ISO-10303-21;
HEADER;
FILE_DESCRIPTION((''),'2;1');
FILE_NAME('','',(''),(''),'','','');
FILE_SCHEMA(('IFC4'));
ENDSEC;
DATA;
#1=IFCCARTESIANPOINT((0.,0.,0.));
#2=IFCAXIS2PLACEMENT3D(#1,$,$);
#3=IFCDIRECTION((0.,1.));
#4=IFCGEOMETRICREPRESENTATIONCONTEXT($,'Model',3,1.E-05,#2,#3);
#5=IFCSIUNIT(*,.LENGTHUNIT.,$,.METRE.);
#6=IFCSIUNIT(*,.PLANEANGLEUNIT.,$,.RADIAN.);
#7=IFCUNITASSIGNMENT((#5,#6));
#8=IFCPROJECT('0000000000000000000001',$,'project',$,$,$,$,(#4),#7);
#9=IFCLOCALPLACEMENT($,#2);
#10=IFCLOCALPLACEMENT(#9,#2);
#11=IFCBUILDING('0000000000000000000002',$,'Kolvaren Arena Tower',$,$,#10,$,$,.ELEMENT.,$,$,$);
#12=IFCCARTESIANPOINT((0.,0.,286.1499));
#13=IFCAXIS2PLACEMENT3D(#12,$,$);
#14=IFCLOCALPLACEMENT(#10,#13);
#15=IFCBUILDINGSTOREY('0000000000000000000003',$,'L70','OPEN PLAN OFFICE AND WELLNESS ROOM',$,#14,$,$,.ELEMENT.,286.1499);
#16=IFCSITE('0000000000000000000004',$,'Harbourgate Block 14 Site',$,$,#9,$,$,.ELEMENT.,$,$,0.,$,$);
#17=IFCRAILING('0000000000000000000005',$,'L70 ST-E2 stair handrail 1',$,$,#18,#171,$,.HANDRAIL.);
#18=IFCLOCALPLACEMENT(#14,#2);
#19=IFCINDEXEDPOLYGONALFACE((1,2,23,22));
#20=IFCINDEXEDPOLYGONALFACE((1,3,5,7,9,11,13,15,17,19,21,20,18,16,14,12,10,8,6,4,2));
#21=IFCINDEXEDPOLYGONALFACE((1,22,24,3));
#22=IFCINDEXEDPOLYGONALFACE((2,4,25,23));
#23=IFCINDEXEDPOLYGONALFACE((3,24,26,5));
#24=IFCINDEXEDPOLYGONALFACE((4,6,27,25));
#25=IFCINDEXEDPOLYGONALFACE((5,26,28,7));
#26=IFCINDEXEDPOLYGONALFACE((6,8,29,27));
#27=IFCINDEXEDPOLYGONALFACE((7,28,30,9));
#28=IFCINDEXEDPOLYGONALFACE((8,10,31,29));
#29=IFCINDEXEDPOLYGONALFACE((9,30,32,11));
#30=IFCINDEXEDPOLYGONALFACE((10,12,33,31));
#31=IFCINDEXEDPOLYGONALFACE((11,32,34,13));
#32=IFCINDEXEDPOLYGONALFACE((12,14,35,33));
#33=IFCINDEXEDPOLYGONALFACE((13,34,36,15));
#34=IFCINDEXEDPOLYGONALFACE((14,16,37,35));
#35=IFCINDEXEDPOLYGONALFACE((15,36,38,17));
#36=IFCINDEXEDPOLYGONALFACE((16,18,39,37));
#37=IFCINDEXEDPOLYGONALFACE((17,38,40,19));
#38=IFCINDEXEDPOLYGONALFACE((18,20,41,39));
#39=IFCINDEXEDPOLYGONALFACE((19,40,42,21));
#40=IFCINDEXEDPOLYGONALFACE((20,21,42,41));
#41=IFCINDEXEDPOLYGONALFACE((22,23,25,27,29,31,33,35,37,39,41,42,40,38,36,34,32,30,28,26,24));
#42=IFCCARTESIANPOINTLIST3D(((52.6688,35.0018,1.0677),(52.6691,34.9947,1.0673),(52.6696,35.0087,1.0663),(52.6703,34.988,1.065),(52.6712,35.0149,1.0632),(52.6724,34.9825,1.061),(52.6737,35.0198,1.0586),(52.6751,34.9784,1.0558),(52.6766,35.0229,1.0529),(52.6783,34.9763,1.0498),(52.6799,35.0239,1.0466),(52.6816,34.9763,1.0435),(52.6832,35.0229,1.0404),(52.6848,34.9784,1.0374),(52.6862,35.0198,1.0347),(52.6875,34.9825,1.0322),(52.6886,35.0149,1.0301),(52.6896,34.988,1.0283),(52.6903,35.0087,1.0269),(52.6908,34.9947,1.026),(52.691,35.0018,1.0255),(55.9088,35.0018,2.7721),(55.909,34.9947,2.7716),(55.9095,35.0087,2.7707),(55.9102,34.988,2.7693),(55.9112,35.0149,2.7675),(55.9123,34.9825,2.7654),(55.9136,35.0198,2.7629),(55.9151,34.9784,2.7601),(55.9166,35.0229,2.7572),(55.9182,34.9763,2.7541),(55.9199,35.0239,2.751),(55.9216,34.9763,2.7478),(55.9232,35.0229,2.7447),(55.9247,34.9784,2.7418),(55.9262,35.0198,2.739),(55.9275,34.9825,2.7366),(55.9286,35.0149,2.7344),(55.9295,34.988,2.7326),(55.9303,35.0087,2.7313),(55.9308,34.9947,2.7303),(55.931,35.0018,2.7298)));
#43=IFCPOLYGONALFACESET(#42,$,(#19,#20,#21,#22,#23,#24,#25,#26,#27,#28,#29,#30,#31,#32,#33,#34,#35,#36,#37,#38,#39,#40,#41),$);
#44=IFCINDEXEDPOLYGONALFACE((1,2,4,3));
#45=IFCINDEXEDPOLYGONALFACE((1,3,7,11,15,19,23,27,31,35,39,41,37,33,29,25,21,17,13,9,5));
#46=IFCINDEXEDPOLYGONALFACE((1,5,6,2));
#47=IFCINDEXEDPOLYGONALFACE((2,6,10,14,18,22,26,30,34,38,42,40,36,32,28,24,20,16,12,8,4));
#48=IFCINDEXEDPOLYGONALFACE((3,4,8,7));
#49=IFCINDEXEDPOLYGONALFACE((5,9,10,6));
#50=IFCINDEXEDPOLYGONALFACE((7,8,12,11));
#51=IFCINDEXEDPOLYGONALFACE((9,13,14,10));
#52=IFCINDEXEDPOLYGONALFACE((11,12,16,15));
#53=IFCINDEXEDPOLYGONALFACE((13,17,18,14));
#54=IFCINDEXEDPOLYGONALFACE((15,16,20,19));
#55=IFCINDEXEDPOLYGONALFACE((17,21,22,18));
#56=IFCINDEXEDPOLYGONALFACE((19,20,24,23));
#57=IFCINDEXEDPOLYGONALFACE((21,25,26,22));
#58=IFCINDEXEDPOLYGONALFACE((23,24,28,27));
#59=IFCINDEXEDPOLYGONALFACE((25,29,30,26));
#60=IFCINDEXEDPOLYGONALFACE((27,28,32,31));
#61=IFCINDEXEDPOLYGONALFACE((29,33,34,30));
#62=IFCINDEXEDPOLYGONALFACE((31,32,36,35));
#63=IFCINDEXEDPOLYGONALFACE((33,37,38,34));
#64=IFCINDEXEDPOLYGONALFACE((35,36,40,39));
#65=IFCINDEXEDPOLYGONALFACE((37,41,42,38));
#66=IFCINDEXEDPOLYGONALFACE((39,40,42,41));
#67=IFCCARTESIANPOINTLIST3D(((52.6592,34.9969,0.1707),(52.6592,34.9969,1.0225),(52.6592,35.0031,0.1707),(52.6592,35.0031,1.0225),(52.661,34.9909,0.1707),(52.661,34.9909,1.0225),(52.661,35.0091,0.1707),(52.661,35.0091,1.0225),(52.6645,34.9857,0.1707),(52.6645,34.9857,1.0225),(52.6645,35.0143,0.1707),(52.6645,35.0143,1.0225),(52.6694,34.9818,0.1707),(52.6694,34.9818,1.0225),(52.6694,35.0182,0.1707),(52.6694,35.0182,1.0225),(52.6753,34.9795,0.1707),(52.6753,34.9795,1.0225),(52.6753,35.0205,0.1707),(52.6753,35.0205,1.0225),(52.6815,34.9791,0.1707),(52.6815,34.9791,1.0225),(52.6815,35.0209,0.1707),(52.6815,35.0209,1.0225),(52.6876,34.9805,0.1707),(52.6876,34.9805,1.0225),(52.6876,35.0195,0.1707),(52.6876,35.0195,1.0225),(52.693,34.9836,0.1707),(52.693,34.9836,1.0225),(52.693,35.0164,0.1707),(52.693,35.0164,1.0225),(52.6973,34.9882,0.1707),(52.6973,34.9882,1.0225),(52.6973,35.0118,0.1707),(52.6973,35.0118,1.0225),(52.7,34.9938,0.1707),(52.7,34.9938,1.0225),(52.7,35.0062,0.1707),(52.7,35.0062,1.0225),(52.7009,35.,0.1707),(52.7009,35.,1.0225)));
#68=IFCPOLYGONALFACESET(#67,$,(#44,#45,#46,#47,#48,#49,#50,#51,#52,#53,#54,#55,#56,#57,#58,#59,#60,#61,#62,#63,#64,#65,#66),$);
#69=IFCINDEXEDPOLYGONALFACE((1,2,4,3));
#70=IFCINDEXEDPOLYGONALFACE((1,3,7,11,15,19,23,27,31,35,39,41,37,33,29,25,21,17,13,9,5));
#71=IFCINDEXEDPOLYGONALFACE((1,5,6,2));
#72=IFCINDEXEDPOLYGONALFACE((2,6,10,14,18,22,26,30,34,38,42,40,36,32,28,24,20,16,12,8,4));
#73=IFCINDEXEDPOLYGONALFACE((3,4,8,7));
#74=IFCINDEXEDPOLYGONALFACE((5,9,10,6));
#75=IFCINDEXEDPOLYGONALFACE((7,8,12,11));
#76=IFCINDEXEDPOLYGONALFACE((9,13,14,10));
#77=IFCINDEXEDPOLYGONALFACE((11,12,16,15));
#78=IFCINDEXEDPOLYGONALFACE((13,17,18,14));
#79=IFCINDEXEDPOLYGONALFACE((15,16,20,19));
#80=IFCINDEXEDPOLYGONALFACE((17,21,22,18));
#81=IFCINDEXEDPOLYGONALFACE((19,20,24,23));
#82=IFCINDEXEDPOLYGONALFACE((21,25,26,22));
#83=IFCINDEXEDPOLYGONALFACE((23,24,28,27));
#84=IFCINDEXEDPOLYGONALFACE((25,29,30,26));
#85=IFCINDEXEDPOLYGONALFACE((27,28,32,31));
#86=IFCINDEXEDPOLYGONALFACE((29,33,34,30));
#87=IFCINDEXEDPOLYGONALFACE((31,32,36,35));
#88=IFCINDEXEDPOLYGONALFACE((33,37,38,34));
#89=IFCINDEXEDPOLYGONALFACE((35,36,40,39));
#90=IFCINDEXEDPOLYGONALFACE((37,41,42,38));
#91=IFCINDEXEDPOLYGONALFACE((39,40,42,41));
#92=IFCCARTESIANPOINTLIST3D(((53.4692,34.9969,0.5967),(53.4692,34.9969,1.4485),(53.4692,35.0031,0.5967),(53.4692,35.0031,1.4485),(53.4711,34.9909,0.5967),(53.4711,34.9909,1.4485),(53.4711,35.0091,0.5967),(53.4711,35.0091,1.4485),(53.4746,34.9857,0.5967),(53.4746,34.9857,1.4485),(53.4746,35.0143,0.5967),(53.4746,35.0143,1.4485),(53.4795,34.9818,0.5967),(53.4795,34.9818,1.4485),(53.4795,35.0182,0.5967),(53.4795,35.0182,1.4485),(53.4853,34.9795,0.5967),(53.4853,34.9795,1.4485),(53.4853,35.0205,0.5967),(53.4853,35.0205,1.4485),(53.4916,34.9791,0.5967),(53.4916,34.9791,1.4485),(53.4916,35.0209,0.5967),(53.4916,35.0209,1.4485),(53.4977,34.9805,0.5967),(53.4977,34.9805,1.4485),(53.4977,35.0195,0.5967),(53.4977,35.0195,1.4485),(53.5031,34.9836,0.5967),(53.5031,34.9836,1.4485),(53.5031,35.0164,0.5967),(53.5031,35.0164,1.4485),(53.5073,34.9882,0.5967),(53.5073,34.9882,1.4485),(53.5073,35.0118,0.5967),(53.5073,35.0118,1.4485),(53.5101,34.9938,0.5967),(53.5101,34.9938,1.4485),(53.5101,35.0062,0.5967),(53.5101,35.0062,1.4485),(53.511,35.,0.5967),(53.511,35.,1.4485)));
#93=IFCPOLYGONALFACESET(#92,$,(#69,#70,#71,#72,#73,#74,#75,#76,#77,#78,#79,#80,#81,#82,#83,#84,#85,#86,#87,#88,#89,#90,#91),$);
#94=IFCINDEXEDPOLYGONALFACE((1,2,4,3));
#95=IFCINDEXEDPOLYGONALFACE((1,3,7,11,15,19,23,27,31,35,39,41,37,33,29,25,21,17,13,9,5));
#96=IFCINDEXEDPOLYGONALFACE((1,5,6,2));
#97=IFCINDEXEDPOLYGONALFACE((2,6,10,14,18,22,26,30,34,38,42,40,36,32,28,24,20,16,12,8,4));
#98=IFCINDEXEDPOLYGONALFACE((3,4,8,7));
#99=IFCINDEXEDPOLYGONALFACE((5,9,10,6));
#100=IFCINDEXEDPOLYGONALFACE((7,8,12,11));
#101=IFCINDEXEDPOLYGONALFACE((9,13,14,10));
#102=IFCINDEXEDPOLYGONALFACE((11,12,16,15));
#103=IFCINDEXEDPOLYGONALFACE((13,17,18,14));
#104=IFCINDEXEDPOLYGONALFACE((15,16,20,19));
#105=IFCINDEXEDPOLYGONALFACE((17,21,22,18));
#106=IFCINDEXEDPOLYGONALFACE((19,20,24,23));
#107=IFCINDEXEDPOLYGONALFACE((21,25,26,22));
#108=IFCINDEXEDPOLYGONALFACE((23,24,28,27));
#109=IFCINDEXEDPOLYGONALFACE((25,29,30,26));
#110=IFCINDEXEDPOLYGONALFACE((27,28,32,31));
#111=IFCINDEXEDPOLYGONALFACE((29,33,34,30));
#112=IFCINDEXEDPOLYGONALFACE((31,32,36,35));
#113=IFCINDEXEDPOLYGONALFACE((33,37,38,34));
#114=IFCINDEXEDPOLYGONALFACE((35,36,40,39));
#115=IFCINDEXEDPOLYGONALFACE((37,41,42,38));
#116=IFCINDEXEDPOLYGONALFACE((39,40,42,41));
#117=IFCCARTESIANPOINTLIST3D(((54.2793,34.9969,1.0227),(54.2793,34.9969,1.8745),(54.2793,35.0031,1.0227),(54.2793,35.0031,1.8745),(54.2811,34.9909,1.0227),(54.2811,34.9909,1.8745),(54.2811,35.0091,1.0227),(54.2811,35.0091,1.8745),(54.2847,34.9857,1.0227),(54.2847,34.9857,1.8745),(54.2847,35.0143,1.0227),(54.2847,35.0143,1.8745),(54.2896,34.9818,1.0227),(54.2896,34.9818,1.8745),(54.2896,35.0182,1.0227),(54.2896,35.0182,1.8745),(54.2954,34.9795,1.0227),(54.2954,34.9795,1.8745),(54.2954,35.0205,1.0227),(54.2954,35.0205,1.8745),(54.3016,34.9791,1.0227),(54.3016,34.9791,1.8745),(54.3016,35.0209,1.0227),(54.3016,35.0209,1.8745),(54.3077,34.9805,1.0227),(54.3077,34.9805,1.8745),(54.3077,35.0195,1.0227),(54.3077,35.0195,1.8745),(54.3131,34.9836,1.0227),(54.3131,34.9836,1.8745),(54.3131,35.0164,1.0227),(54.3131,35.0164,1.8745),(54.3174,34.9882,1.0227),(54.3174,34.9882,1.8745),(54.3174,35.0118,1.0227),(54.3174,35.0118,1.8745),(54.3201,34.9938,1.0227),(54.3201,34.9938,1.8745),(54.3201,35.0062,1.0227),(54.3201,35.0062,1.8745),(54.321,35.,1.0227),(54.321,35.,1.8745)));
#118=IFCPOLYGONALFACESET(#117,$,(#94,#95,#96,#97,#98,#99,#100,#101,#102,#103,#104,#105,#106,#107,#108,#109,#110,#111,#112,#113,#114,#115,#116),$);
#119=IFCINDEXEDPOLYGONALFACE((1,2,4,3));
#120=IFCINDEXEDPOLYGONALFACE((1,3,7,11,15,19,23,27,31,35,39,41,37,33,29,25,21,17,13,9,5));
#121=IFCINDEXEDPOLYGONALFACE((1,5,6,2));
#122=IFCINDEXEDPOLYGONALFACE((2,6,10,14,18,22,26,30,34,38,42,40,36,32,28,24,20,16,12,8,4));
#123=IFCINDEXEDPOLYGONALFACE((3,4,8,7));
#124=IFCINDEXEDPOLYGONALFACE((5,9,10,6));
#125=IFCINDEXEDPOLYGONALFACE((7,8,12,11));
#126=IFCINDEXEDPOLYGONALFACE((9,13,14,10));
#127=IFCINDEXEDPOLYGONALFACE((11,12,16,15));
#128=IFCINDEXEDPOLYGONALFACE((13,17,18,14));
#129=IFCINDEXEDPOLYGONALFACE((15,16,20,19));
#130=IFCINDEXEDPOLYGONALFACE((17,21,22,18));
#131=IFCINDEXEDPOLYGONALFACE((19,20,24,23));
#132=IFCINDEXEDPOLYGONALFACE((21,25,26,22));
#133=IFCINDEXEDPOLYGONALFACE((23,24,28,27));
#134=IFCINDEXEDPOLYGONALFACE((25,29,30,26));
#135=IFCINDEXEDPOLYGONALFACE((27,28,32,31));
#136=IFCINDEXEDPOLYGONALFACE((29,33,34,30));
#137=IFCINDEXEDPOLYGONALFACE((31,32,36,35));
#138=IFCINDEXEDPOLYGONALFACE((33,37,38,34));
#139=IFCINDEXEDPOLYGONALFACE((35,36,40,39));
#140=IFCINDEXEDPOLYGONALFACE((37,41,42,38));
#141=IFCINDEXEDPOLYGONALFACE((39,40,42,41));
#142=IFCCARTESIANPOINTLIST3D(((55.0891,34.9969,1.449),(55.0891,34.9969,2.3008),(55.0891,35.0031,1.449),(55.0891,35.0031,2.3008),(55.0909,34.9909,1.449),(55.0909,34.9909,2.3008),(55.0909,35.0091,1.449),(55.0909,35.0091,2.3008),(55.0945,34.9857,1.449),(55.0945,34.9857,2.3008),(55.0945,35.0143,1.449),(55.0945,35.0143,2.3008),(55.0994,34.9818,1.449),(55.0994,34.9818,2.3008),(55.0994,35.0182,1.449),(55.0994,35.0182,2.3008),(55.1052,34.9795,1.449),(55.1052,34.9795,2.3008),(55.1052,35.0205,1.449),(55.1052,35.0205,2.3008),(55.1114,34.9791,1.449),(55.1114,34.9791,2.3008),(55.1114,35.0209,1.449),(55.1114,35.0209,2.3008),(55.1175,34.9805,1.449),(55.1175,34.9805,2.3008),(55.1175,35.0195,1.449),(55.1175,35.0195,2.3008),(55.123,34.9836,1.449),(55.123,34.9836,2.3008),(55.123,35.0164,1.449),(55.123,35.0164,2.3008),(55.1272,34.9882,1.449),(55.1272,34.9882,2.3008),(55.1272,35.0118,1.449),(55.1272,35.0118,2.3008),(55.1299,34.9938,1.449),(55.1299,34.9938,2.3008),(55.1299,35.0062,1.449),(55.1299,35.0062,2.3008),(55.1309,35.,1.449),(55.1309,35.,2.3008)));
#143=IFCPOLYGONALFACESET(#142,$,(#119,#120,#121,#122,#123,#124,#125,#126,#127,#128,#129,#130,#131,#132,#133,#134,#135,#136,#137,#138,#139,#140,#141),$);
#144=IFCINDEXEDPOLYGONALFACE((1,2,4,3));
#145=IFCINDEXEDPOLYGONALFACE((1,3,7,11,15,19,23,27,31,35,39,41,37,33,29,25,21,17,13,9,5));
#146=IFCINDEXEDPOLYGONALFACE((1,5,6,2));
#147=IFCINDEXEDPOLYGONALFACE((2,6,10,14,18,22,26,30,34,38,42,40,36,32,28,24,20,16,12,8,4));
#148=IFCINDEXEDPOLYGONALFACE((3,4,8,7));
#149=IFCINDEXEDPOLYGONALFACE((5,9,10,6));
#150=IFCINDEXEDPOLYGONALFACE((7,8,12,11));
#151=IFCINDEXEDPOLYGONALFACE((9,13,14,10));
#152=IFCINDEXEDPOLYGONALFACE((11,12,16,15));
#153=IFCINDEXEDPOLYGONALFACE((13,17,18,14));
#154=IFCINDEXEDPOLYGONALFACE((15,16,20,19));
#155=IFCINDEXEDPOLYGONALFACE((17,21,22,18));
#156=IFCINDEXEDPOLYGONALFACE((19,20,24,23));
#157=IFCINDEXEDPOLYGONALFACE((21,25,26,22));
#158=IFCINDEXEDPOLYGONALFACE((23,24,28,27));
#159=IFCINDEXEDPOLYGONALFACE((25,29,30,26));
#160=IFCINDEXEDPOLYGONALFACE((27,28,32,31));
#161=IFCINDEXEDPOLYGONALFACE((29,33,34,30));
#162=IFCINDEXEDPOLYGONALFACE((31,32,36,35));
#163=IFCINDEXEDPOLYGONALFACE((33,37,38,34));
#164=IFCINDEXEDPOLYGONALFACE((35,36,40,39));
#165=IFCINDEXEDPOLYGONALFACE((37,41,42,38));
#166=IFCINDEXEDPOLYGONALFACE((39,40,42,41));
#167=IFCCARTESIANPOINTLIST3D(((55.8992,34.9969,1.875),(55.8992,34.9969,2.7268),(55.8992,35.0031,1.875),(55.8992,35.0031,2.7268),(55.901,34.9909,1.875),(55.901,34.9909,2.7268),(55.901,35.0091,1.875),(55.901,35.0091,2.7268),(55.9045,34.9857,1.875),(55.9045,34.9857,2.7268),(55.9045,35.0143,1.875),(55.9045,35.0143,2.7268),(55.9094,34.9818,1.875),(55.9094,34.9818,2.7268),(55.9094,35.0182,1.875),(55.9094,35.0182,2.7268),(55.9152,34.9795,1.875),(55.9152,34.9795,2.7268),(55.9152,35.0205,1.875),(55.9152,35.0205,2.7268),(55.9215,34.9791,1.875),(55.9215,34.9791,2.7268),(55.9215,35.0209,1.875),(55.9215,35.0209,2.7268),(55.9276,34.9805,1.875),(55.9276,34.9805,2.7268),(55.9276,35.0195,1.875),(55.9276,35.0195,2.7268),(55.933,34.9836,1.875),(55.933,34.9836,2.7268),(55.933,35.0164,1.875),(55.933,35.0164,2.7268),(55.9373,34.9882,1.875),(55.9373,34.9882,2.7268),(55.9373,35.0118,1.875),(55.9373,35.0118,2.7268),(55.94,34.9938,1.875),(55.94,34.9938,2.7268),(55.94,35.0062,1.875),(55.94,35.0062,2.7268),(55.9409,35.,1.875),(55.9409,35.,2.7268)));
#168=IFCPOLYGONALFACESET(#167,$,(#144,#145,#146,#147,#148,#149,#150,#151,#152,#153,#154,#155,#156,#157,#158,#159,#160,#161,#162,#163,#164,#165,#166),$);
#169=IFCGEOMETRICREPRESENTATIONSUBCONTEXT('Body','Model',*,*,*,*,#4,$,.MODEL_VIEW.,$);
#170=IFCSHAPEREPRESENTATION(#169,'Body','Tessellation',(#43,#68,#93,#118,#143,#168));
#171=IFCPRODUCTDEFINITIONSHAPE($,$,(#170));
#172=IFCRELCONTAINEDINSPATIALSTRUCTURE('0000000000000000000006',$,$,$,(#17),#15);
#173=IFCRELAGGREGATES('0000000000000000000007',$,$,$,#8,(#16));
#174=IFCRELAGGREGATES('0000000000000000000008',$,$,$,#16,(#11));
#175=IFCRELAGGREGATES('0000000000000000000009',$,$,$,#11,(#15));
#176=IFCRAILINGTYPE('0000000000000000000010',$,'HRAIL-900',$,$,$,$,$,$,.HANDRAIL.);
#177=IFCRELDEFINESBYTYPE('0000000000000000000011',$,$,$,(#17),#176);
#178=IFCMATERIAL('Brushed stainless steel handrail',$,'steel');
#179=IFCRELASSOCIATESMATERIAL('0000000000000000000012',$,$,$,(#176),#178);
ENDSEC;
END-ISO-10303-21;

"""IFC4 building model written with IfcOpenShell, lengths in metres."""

from ifc_helpers import new_model, si_unit, direction, frame, origin, origin_2d, place, context, subcontext, project, spatial, circle, extrude, material, type_object, element, save


model = new_model("IFC4")

# Units and contexts
model_context = context("Model", 3, precision=1e-05, world=origin(), true_north=direction((0.0, 1.0)))
body_context = subcontext(model_context, "Body", "Model", "MODEL_VIEW")
ifc_project = project(units=[si_unit("LENGTHUNIT", "METRE"), si_unit("PLANEANGLEUNIT", "RADIAN")], contexts=[model_context])

# Site, building, storey
site_placement = place(None, origin())
site = spatial("IfcSite", under=ifc_project, at=site_placement, Name="Harbourgate Block 14 Site", CompositionType="ELEMENT", RefElevation=0.0)
building_placement = place(site_placement, origin())
building = spatial("IfcBuilding", under=site, at=building_placement, Name="Kolvaren Arena Tower", CompositionType="ELEMENT")
storey_placement = place(building_placement, frame((0.0, 0.0, 286.1499)))
storey = spatial("IfcBuildingStorey", under=building, at=storey_placement, Name="L70", Description="OPEN PLAN OFFICE AND WELLNESS ROOM", CompositionType="ELEMENT", Elevation=286.1499)

# Railing
ifc_material_1 = material(Name="Brushed stainless steel handrail", Category="steel")
railing_type_1 = type_object("IfcRailingType", Name="HRAIL-900", PredefinedType="HANDRAIL", material=ifc_material_1)
for number, where, name in (
    (1, (52.6799, 35.0, 0.1707), "L70 ST-E2 stair handrail 1"),
):
    element("IfcRailing", number, at=place(storey_placement, frame(where)), inside=storey, type_object=railing_type_1, Name=name, PredefinedType="HANDRAIL", context=body_context, shape_type="SweptSolid", body=[
        extrude(circle(Radius=0.0239, at=origin_2d()), frame((0.0, 0.0, 0.876), z_axis=(0.885021, 0.0, 0.465551), x_axis=(0.0, 1.0, 0.0)), (0.0, 0.0, 1.0), 3.6609),
        extrude(circle(Radius=0.021, at=origin_2d()), origin(), (0.0, 0.0, 1.0), 0.8518),
        extrude(circle(Radius=0.021, at=origin_2d()), frame((0.8101, 0.0, 0.426)), (0.0, 0.0, 1.0), 0.8518),
        extrude(circle(Radius=0.021, at=origin_2d()), frame((1.6201, 0.0, 0.8521)), (0.0, 0.0, 1.0), 0.8518),
        extrude(circle(Radius=0.021, at=origin_2d()), frame((2.4299, 0.0, 1.2783)), (0.0, 0.0, 1.0), 0.8518),
        extrude(circle(Radius=0.021, at=origin_2d()), frame((3.24, 0.0, 1.7043)), (0.0, 0.0, 1.0), 0.8518),
    ])

save(model, "model.ifc")
